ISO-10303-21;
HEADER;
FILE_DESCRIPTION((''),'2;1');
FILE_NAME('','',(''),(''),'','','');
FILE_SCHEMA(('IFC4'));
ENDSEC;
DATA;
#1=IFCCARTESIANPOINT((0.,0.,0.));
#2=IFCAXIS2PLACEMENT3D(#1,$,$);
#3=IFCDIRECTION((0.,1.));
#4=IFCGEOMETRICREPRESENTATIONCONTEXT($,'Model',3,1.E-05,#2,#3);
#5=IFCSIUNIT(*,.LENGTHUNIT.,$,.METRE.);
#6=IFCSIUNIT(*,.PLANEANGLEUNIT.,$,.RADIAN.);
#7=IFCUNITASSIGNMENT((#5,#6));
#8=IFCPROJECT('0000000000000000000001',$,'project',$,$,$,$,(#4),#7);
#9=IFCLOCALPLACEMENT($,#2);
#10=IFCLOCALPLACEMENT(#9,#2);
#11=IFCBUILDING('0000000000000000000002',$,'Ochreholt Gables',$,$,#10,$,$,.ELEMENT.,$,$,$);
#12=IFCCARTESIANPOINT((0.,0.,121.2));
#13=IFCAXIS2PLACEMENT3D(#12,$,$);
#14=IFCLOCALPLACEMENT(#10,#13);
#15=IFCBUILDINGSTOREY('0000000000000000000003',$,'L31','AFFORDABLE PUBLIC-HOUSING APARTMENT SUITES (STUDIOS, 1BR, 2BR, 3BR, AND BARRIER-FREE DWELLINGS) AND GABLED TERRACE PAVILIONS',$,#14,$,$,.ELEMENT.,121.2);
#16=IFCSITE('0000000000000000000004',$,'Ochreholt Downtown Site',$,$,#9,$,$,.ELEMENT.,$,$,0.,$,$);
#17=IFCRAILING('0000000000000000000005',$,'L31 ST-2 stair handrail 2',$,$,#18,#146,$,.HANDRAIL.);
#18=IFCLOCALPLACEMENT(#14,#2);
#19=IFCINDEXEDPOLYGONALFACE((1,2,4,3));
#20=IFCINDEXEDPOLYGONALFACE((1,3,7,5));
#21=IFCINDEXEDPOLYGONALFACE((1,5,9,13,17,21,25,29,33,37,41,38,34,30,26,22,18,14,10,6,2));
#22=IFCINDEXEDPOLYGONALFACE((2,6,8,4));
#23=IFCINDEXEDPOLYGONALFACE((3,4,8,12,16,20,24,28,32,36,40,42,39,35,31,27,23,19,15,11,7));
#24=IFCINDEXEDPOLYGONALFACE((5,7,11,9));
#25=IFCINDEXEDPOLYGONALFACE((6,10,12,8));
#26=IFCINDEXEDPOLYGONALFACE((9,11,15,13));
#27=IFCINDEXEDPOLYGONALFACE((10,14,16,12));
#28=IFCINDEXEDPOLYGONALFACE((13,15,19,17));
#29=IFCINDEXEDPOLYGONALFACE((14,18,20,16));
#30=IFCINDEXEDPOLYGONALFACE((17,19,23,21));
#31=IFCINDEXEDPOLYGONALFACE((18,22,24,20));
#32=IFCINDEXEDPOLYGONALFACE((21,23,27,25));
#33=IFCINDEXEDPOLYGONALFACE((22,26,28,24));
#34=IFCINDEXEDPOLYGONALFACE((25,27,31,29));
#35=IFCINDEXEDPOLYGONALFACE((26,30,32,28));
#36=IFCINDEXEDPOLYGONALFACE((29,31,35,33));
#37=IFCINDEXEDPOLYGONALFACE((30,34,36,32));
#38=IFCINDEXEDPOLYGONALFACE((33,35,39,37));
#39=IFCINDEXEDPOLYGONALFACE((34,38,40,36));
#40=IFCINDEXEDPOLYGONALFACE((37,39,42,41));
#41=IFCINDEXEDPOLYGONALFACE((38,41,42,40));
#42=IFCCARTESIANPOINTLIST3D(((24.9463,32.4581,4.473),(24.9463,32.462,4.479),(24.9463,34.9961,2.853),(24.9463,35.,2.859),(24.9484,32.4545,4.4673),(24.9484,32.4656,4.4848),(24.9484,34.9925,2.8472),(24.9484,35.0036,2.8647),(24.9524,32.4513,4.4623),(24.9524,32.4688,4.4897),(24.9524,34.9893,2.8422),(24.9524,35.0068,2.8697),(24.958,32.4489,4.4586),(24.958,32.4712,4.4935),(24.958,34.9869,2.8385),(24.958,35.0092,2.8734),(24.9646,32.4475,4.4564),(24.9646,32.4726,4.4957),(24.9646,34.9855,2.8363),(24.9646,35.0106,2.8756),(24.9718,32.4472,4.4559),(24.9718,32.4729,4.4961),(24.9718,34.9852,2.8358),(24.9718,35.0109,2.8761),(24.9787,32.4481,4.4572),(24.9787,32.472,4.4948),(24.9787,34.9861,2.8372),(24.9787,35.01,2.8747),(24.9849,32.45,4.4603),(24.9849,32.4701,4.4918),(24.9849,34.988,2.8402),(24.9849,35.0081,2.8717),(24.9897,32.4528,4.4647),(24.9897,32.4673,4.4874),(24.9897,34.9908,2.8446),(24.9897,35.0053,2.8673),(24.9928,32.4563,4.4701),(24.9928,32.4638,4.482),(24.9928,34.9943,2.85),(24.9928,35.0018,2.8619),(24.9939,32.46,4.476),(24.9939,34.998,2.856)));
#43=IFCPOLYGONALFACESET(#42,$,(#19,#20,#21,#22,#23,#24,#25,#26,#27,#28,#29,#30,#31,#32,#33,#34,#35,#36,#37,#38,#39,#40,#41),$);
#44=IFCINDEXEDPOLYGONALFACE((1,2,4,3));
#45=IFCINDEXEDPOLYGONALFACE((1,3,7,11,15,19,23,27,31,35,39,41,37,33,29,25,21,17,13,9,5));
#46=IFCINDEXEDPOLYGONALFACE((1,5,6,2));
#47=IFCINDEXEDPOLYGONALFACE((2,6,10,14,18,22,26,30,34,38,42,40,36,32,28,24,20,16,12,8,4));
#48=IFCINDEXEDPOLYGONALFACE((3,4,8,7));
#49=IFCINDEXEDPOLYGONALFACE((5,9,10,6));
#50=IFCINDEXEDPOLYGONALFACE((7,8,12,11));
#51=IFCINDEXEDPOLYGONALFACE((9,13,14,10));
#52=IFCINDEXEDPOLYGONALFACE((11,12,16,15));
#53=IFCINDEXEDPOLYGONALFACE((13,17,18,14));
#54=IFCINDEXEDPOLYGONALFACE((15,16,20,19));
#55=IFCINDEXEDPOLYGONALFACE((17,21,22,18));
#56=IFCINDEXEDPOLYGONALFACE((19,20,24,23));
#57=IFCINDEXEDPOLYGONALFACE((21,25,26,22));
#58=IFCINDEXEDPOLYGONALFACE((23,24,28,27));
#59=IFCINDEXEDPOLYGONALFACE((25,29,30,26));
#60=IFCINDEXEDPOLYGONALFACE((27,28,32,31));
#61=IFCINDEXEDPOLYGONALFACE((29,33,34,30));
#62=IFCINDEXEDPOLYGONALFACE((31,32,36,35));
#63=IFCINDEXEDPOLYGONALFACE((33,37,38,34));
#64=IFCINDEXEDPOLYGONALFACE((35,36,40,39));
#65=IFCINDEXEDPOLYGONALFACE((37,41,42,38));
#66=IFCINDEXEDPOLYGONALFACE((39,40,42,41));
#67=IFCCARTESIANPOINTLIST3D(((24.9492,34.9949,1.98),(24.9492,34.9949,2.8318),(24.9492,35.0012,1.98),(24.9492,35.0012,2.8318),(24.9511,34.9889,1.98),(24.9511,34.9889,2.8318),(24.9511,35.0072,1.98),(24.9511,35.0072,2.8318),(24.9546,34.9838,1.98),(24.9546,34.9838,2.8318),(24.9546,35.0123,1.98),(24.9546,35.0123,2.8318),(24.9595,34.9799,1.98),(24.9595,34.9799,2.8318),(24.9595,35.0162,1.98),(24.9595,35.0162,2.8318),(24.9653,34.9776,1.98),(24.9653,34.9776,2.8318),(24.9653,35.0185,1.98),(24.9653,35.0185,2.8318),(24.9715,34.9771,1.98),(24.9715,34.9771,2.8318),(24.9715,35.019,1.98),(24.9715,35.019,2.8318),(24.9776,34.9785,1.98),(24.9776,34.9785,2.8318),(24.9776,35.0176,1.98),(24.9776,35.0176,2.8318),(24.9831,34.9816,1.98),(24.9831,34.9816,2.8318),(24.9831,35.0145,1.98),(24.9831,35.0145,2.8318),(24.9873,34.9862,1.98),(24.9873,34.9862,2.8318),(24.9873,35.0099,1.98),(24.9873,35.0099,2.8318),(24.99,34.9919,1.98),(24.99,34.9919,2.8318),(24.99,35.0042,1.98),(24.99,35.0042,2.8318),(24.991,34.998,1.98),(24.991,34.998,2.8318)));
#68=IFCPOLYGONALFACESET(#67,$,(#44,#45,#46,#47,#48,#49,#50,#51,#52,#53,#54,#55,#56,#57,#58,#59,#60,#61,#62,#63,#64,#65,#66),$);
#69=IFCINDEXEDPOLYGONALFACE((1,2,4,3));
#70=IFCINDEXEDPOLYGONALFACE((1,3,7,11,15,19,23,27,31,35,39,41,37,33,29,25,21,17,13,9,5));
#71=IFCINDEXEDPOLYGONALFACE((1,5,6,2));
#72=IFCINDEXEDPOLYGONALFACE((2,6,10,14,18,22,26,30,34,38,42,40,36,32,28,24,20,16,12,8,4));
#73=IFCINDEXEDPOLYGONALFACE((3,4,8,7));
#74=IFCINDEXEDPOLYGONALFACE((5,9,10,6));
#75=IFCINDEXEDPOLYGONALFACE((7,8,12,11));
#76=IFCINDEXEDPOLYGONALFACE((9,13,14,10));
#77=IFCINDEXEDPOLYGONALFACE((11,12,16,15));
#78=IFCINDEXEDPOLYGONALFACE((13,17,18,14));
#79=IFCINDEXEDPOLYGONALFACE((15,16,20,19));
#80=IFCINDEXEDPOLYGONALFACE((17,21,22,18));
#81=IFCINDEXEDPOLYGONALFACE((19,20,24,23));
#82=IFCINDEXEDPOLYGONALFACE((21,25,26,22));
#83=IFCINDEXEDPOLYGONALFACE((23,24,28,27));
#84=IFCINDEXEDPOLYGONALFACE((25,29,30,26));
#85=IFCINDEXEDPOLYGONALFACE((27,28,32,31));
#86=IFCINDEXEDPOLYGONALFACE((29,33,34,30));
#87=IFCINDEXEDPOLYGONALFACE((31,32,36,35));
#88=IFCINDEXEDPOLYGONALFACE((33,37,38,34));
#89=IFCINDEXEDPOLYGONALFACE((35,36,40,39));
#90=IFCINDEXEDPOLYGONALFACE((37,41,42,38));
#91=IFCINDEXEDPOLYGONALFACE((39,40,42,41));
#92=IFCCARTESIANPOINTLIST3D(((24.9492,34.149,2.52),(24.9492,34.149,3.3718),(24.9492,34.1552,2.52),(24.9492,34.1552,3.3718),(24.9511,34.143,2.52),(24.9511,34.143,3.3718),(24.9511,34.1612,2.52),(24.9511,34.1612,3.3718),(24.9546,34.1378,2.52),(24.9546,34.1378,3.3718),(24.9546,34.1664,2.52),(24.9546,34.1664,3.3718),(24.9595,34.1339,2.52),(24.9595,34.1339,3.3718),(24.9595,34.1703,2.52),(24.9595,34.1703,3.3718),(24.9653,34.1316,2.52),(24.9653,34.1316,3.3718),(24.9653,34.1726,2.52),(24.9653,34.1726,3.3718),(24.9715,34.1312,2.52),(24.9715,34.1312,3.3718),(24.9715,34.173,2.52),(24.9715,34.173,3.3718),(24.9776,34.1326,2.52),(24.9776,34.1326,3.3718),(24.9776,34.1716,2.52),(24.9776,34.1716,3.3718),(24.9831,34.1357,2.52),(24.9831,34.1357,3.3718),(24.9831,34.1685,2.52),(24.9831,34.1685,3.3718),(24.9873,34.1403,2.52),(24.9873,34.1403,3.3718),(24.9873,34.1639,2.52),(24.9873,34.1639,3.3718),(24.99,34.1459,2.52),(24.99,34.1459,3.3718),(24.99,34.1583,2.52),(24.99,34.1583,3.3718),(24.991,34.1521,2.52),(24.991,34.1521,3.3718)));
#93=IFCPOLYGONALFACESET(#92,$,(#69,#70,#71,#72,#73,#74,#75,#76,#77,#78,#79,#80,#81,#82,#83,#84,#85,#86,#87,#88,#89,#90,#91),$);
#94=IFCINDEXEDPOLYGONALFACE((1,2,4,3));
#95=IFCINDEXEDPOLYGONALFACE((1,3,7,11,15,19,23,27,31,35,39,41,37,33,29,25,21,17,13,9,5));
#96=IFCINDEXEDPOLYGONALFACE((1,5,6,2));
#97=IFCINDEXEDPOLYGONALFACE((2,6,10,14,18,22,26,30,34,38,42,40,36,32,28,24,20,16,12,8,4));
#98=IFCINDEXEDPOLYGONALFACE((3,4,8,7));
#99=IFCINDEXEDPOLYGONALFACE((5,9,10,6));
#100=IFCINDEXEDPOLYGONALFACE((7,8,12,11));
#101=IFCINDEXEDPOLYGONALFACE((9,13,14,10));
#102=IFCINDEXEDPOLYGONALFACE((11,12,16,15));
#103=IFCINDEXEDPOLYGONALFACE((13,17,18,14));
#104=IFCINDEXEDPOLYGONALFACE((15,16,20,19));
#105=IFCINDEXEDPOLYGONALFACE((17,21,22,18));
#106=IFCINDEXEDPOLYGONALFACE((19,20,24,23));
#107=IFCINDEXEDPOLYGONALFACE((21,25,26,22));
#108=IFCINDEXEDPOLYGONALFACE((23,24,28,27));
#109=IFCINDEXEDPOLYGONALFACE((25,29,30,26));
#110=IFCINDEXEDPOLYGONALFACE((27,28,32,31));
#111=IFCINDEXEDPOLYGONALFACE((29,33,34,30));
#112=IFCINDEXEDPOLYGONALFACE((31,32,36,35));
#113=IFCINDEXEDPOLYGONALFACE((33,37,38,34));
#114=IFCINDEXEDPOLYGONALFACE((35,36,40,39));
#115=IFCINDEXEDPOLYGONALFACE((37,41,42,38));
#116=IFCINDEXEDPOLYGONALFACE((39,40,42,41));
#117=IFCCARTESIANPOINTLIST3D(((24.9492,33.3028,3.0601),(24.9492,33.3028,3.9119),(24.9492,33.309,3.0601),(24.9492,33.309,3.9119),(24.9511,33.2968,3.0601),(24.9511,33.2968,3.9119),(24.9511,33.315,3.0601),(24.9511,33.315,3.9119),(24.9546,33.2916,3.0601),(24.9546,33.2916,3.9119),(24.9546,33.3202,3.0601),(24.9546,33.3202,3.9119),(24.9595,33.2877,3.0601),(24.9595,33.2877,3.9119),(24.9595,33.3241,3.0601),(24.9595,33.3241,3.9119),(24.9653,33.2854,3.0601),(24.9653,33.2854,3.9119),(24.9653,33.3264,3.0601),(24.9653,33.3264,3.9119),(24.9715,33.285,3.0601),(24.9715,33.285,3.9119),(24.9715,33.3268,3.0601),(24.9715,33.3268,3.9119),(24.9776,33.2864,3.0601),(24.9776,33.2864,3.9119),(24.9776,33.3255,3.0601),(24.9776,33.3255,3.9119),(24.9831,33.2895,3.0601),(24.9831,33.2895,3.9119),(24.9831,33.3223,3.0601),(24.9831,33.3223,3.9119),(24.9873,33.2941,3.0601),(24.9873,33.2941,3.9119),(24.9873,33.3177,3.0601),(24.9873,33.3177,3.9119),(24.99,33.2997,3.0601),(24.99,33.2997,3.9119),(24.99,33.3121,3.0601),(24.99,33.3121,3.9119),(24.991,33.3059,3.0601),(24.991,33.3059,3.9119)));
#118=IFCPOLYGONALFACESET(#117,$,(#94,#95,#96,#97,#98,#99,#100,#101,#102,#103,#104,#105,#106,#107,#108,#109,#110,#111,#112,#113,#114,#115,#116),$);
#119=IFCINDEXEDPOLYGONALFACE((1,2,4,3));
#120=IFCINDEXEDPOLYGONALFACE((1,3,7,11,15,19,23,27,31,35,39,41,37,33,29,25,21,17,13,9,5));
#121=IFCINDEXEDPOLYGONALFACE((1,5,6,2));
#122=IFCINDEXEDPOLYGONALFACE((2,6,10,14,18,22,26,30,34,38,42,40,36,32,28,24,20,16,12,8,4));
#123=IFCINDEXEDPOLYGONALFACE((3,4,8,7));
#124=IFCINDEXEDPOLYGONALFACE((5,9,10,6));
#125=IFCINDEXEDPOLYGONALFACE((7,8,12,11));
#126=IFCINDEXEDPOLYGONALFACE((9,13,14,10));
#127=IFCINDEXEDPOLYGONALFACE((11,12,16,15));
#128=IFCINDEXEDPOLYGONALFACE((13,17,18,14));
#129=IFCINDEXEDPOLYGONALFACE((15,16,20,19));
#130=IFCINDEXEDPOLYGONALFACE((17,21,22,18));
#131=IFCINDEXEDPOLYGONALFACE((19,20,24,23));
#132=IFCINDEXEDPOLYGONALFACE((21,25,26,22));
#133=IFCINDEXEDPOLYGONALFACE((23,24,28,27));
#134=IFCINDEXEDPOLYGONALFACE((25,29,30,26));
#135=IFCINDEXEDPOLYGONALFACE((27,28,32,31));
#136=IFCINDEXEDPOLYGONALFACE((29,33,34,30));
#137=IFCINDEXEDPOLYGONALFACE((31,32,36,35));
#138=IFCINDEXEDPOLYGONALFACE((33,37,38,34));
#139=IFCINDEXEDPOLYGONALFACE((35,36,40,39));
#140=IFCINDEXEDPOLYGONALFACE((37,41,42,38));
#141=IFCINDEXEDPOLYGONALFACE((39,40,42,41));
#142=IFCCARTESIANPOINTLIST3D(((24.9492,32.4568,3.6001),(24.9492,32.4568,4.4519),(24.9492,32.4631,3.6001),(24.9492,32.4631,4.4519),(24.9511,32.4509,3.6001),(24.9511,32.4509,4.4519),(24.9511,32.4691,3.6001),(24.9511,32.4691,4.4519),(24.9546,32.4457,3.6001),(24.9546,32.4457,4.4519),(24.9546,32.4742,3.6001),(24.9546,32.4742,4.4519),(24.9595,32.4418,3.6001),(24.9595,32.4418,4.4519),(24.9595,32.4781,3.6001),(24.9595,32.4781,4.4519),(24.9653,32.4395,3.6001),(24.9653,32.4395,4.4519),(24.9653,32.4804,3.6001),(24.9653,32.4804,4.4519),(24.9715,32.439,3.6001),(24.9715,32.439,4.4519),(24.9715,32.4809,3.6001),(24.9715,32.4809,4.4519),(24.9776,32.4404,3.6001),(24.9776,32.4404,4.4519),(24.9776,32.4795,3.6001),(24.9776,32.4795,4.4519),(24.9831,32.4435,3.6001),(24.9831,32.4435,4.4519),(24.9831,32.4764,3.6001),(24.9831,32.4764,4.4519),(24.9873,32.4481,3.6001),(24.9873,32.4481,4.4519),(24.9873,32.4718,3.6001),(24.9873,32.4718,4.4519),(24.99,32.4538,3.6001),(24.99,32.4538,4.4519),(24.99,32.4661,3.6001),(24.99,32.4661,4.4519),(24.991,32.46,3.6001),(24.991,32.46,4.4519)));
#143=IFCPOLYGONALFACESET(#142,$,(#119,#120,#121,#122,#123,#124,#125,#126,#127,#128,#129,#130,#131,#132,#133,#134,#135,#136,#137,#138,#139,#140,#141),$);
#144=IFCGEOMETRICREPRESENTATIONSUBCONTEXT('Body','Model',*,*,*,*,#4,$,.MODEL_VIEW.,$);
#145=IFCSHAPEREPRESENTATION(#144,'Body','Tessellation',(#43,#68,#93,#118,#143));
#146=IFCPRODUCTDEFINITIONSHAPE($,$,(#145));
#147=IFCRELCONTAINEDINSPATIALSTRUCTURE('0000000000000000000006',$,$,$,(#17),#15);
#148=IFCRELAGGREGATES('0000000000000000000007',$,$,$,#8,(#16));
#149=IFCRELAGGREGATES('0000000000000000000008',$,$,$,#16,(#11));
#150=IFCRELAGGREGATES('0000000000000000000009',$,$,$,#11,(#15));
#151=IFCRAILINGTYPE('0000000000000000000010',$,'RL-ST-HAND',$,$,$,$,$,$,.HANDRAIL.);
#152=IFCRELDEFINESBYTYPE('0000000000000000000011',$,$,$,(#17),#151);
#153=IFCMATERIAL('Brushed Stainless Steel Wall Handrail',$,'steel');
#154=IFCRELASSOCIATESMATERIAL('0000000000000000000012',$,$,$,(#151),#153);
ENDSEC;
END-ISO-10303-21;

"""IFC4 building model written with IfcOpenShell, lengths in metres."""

from ifc_helpers import new_model, si_unit, direction, frame, origin, origin_2d, place, context, subcontext, project, spatial, circle, extrude, material, type_object, element, save


model = new_model("IFC4")

# Units and contexts
model_context = context("Model", 3, precision=1e-05, world=origin(), true_north=direction((0.0, 1.0)))
body_context = subcontext(model_context, "Body", "Model", "MODEL_VIEW")
ifc_project = project(units=[si_unit("LENGTHUNIT", "METRE"), si_unit("PLANEANGLEUNIT", "RADIAN")], contexts=[model_context])

# Site, building, storey
site_placement = place(None, origin())
site = spatial("IfcSite", under=ifc_project, at=site_placement, Name="Ochreholt Downtown Site", CompositionType="ELEMENT", RefElevation=0.0)
building_placement = place(site_placement, origin())
building = spatial("IfcBuilding", under=site, at=building_placement, Name="Ochreholt Gables", CompositionType="ELEMENT")
storey_placement = place(building_placement, frame((0.0, 0.0, 121.2)))
storey = spatial("IfcBuildingStorey", under=building, at=storey_placement, Name="L31", Description="AFFORDABLE PUBLIC-HOUSING APARTMENT SUITES (STUDIOS, 1BR, 2BR, 3BR, AND BARRIER-FREE DWELLINGS) AND GABLED TERRACE PAVILIONS", CompositionType="ELEMENT", Elevation=121.2)

# Railing
ifc_material_1 = material(Name="Brushed Stainless Steel Wall Handrail", Category="steel")
railing_type_1 = type_object("IfcRailingType", Name="RL-ST-HAND", PredefinedType="HANDRAIL", material=ifc_material_1)
railing_1_placement = place(storey_placement, frame((24.97, 34.998, 1.98)))
element("IfcRailing", 1, at=railing_1_placement, inside=storey, type_object=railing_type_1, Name="L31 ST-2 stair handrail 2", PredefinedType="HANDRAIL", context=body_context, shape_type="SweptSolid", body=[
    extrude(circle(Radius=0.0239, at=origin_2d()), frame((0.0, 0.0, 0.876), z_axis=(0.0, -0.842913, 0.53805), x_axis=(1.0, 0.0, 0.0)), (0.0, 0.0, 1.0), 3.011),
    extrude(circle(Radius=0.021, at=origin_2d()), origin(), (0.0, 0.0, 1.0), 0.8518),
    extrude(circle(Radius=0.021, at=origin_2d()), frame((0.0, -0.8459, 0.54)), (0.0, 0.0, 1.0), 0.8518),
    extrude(circle(Radius=0.021, at=origin_2d()), frame((0.0, -1.6921, 1.0801)), (0.0, 0.0, 1.0), 0.8518),
    extrude(circle(Radius=0.021, at=origin_2d()), frame((0.0, -2.5381, 1.6201)), (0.0, 0.0, 1.0), 0.8518),
])

save(model, "model.ifc")
